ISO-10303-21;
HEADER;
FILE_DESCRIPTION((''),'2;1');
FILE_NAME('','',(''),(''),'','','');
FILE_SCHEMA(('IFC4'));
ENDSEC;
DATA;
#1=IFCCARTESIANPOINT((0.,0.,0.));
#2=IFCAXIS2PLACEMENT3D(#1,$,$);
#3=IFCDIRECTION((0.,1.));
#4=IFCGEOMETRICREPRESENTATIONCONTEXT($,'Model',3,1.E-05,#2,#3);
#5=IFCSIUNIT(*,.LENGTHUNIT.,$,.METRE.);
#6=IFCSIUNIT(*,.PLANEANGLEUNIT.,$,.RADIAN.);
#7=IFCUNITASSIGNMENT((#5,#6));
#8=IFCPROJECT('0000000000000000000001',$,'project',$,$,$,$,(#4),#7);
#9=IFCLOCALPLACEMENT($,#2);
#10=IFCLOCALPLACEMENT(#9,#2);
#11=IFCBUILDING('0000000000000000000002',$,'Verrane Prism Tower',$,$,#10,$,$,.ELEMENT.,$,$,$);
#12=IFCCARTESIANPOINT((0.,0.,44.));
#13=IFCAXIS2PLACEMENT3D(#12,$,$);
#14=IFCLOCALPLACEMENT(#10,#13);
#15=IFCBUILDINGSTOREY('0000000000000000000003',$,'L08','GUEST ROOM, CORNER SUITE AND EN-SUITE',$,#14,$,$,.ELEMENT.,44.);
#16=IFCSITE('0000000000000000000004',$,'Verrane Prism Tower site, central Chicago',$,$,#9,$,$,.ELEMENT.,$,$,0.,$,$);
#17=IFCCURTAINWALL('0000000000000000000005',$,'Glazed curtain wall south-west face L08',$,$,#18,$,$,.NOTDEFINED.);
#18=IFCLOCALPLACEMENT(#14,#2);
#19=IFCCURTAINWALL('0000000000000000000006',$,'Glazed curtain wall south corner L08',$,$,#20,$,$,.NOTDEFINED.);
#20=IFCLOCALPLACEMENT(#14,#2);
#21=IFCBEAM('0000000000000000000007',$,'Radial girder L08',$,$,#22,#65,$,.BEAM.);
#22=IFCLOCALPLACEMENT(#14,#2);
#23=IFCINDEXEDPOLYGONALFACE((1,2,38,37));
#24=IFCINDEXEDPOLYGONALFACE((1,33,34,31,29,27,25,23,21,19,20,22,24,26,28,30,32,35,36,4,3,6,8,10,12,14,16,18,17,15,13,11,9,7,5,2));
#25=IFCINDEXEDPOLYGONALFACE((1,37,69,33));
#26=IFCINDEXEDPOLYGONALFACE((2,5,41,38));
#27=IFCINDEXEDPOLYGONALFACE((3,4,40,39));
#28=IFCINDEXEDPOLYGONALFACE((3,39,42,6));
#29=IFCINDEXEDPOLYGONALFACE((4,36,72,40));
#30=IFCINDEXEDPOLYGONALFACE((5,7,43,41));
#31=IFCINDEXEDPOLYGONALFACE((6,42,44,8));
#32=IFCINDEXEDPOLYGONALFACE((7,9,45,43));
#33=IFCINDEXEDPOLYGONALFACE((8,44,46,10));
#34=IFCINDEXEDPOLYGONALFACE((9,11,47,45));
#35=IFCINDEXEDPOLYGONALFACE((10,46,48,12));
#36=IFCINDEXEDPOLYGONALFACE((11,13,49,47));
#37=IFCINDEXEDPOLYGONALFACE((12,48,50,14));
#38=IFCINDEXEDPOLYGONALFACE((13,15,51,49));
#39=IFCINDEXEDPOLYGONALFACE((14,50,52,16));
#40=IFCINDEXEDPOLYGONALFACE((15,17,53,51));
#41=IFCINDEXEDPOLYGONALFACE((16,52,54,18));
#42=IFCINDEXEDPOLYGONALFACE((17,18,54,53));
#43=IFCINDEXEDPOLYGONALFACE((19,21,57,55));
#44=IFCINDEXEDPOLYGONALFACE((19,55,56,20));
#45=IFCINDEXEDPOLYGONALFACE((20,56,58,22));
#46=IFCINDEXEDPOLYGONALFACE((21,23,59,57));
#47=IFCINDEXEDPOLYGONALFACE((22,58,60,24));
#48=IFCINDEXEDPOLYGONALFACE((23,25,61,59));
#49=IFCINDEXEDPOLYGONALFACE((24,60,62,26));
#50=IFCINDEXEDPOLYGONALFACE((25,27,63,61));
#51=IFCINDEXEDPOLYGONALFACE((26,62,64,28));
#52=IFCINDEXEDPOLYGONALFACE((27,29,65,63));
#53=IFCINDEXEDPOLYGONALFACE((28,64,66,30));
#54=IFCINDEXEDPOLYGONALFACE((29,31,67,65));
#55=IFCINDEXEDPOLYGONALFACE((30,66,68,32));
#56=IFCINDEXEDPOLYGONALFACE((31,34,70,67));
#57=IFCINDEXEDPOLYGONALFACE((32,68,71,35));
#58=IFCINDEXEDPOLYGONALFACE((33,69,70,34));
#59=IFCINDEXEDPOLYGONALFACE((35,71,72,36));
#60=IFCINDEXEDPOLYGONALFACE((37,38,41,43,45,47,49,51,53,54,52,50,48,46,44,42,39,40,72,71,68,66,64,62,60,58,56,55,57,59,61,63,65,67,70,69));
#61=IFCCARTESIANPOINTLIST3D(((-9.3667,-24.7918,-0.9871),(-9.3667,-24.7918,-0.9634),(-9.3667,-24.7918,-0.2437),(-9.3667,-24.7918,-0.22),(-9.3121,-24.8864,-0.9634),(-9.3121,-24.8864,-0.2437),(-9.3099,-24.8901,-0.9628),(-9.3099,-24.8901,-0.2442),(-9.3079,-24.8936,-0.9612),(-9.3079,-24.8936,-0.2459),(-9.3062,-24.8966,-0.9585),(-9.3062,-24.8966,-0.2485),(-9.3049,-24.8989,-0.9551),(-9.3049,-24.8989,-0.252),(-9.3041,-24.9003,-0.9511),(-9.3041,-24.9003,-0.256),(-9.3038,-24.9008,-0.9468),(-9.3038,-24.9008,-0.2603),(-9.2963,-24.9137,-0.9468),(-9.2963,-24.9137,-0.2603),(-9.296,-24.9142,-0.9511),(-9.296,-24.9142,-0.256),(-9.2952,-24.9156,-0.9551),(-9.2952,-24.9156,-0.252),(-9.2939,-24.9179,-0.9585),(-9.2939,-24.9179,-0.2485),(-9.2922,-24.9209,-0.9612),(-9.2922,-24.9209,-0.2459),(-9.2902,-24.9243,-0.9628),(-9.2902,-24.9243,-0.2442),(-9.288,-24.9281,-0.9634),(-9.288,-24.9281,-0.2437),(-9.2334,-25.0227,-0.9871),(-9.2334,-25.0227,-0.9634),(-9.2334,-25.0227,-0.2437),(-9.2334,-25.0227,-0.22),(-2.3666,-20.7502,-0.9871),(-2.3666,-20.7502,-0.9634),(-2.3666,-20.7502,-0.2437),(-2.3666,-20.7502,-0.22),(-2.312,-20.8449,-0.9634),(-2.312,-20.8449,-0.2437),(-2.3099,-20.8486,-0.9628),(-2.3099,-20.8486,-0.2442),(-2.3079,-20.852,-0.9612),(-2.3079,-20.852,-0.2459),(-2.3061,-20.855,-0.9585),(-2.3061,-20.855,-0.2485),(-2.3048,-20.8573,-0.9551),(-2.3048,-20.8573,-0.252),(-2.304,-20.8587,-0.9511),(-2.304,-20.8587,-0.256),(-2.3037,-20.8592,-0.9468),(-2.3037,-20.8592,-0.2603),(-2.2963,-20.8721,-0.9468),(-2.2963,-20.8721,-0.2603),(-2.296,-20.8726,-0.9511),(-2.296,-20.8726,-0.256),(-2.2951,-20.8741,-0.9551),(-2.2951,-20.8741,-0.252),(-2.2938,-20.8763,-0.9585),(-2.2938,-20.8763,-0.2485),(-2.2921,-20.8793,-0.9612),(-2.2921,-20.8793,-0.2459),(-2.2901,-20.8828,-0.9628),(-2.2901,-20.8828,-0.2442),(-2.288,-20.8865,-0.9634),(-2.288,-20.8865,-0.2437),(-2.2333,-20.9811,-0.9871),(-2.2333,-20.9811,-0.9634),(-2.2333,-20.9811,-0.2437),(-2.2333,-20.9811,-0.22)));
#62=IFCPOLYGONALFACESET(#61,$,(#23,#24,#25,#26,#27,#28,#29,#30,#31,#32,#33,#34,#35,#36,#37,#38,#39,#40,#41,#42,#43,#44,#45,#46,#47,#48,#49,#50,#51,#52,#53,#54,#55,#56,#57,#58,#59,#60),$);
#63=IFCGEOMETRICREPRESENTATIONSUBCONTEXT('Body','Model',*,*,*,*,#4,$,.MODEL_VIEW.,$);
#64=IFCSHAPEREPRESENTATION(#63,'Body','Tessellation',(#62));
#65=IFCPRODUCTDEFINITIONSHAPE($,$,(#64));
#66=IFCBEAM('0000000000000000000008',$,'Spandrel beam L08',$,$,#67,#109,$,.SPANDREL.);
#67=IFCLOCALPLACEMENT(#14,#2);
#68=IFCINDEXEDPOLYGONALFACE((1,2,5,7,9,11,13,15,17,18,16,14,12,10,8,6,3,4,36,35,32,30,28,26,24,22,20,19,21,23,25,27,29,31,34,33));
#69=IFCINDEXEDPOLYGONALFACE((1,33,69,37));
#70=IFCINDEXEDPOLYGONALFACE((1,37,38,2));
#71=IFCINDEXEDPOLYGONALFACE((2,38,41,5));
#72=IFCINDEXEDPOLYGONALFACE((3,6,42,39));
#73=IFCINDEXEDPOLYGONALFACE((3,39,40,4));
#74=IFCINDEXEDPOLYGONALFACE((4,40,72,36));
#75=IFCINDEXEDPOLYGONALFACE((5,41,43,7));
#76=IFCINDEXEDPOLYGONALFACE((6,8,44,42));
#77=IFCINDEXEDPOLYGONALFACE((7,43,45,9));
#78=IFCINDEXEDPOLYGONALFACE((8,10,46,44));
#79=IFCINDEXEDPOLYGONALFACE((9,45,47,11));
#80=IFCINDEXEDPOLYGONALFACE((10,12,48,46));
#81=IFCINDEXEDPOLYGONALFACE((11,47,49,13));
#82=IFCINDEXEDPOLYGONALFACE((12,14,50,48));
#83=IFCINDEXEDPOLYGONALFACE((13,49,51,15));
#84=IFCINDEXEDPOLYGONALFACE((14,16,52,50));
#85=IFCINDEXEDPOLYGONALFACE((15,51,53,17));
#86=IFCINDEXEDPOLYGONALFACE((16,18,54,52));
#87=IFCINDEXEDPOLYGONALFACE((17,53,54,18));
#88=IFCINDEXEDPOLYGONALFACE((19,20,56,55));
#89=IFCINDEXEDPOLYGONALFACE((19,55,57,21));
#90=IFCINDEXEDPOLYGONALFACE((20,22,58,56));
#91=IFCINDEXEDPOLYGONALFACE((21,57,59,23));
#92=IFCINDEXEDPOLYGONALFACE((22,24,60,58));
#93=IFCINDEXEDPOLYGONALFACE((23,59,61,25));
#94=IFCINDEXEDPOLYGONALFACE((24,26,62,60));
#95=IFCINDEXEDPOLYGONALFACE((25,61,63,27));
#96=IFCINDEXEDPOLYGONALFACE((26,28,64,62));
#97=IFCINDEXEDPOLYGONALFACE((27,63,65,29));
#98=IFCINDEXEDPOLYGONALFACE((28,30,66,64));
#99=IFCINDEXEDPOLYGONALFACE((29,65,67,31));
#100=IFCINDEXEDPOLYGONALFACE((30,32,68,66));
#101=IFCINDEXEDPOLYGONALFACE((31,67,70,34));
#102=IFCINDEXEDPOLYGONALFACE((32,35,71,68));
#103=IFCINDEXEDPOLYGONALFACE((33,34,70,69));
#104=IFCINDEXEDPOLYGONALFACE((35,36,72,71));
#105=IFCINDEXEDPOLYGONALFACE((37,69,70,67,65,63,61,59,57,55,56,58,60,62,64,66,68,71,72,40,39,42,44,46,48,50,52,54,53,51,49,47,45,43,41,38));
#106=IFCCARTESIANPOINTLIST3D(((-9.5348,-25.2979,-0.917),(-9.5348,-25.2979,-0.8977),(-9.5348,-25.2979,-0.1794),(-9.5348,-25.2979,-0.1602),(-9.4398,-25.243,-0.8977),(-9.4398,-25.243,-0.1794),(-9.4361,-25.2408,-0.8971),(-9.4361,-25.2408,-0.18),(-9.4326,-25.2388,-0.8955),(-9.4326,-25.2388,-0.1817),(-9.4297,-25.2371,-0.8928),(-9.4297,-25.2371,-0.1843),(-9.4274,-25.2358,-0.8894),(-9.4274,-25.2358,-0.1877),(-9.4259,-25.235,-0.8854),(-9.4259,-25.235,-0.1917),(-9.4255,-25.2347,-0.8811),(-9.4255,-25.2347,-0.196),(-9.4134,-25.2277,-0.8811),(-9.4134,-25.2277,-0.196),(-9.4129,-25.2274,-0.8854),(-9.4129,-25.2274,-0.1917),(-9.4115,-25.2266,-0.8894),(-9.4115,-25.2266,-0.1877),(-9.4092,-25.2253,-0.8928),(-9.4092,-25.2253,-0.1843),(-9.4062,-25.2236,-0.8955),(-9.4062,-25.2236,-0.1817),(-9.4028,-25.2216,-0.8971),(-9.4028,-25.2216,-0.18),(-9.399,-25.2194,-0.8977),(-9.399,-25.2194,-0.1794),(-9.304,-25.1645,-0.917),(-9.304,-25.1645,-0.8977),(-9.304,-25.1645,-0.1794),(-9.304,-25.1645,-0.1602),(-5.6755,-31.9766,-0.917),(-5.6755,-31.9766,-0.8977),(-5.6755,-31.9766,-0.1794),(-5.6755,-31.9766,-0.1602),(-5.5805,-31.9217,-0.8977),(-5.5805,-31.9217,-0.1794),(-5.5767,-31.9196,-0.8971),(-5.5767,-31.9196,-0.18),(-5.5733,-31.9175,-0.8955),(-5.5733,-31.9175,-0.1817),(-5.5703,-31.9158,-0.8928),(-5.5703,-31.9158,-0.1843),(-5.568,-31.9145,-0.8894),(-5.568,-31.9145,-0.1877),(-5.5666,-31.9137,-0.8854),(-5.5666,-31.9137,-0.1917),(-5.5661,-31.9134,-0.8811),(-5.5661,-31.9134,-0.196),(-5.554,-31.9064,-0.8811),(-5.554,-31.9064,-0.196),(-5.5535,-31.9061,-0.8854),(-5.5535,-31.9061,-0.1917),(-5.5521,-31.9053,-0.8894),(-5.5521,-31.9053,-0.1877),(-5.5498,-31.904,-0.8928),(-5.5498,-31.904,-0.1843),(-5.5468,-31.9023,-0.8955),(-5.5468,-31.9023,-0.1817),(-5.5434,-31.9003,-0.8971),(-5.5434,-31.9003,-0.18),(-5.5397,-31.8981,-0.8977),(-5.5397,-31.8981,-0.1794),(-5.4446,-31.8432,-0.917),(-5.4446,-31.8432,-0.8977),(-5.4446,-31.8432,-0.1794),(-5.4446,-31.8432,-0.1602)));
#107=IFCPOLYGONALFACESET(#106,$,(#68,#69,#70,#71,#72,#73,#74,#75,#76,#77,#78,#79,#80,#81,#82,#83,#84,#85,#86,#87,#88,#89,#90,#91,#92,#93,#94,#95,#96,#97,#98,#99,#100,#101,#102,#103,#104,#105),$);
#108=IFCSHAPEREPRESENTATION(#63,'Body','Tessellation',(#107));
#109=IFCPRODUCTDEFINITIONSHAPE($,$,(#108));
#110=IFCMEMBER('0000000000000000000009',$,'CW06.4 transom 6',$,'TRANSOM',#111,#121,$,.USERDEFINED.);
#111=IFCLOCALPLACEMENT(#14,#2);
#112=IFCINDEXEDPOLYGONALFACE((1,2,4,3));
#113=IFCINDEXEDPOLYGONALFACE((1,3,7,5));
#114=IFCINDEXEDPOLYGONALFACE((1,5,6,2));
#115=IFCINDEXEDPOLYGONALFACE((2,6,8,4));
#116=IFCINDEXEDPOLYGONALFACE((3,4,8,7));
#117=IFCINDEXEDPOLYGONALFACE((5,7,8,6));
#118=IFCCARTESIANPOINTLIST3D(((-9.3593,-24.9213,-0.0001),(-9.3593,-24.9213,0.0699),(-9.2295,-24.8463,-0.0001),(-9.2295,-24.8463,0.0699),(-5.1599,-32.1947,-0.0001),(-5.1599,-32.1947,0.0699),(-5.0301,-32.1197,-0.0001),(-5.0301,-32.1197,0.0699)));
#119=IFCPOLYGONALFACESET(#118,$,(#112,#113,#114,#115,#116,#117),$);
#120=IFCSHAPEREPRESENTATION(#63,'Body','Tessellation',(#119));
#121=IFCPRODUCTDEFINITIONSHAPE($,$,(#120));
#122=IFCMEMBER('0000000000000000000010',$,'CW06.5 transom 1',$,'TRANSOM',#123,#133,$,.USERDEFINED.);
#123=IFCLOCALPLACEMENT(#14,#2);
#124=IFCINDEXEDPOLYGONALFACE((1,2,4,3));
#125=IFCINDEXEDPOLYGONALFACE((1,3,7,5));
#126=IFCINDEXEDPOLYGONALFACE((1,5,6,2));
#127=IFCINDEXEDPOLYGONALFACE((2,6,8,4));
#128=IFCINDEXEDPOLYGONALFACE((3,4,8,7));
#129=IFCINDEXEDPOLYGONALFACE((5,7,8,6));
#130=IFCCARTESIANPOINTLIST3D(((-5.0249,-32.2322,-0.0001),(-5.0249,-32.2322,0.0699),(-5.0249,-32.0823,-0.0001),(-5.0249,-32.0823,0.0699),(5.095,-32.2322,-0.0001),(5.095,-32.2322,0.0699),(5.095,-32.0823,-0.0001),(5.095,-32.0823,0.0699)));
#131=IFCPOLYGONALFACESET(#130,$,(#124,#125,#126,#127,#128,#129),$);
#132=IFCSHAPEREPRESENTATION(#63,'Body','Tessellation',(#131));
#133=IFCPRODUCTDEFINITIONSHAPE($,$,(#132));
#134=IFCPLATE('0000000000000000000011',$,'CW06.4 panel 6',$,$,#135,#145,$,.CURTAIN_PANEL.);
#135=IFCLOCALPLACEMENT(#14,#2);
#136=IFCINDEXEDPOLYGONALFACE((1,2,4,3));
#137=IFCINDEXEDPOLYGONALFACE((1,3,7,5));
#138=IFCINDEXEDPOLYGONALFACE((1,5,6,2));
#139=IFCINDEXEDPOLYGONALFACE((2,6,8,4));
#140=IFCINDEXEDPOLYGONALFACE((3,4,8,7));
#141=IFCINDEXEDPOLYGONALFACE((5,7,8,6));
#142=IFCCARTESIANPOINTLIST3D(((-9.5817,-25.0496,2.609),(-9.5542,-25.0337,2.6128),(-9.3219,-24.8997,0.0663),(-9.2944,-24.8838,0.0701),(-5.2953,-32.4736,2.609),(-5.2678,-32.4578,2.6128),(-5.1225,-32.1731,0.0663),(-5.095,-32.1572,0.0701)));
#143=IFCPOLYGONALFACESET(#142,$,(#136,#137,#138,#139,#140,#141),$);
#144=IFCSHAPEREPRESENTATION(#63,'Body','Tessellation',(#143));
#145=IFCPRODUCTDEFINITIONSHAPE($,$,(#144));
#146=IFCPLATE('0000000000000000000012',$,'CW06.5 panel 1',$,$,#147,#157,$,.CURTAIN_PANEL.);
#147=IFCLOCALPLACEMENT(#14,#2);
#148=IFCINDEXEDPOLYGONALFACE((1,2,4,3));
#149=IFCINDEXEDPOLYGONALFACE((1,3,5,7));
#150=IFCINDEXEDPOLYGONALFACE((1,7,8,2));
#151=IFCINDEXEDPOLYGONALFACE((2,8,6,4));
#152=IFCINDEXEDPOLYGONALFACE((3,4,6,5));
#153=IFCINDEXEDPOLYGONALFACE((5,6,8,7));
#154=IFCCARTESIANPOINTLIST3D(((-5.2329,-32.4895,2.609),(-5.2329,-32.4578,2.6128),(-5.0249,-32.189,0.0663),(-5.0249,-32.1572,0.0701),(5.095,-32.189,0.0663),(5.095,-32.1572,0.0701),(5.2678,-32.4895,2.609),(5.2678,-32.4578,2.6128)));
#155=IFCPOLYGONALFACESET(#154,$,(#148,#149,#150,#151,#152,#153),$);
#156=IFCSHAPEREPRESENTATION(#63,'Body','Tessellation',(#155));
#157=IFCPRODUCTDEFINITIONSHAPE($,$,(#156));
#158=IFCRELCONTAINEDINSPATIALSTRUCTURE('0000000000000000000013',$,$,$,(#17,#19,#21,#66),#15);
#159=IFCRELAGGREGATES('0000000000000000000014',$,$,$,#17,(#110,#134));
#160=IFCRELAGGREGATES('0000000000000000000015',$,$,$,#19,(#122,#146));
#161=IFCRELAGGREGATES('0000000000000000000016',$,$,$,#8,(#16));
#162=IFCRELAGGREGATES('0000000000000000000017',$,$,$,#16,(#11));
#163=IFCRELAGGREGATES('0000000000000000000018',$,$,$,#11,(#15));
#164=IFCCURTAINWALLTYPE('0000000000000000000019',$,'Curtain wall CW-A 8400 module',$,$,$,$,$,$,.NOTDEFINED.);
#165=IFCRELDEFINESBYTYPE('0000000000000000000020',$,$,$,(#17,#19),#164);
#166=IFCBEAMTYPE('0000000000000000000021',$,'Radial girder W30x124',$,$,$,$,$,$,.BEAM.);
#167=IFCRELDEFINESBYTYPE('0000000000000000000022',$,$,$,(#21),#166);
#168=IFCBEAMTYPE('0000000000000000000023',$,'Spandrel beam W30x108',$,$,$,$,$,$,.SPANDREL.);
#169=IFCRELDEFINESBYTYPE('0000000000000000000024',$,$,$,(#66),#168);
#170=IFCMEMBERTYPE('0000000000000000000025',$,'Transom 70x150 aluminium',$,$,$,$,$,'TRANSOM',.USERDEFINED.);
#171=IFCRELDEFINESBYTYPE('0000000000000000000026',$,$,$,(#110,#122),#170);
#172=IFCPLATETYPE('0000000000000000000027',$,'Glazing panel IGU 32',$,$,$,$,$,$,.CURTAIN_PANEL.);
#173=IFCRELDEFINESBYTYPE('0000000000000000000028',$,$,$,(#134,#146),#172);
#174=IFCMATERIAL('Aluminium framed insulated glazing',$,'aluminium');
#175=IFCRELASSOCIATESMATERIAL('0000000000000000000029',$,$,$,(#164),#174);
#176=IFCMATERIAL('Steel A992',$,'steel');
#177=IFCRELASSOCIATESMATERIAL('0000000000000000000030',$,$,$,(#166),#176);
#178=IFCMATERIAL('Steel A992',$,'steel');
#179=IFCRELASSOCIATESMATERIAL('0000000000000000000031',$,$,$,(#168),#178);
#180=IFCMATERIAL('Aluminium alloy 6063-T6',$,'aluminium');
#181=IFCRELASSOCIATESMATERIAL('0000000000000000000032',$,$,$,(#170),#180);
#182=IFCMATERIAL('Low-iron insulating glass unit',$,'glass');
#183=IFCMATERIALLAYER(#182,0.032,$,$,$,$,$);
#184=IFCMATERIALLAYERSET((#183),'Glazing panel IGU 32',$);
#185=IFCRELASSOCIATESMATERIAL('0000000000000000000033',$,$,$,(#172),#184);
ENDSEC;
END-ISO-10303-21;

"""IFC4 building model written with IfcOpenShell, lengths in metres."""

from ifc_helpers import new_model, si_unit, direction, frame, origin, origin_2d, place, context, subcontext, project, spatial, polyline, rectangle, i_section, outline, extrude, material, layer, layer_set, material_profile, profile_set, type_object, element, aggregate, save


model = new_model("IFC4")

# Units and contexts
model_context = context("Model", 3, precision=1e-05, world=origin(), true_north=direction((0.0, 1.0)))
body_context = subcontext(model_context, "Body", "Model", "MODEL_VIEW")
ifc_project = project(units=[si_unit("LENGTHUNIT", "METRE"), si_unit("PLANEANGLEUNIT", "RADIAN")], contexts=[model_context])

# Site, building, storey
site_placement = place(None, origin())
site = spatial("IfcSite", under=ifc_project, at=site_placement, Name="Verrane Prism Tower site, central Chicago", CompositionType="ELEMENT", RefElevation=0.0)
building_placement = place(site_placement, origin())
building = spatial("IfcBuilding", under=site, at=building_placement, Name="Verrane Prism Tower", CompositionType="ELEMENT")
storey_placement = place(building_placement, frame((0.0, 0.0, 44.0)))
storey = spatial("IfcBuildingStorey", under=building, at=storey_placement, Name="L08", Description="GUEST ROOM, CORNER SUITE AND EN-SUITE", CompositionType="ELEMENT", Elevation=44.0)

# Curtain walls
ifc_material_1 = material(Name="Aluminium framed insulated glazing", Category="aluminium")
curtain_wall_type = type_object("IfcCurtainWallType", Name="Curtain wall CW-A 8400 module", PredefinedType="NOTDEFINED", material=ifc_material_1)
curtain_wall_1_placement = place(storey_placement, origin())
curtain_wall_1 = element("IfcCurtainWall", 1, at=curtain_wall_1_placement, inside=storey, type_object=curtain_wall_type, Name="Glazed curtain wall south-west face L08", PredefinedType="NOTDEFINED")
curtain_wall_2_placement = place(storey_placement, origin())
curtain_wall_2 = element("IfcCurtainWall", 2, at=curtain_wall_2_placement, inside=storey, type_object=curtain_wall_type, Name="Glazed curtain wall south corner L08", PredefinedType="NOTDEFINED")

# Beams
ifc_material_2 = material(Name="Steel A992", Category="steel")
ifc_material_profile_1 = material_profile(ifc_material_2, i_section(OverallWidth=0.2666, OverallDepth=0.7671, WebThickness=0.0149, FlangeThickness=0.0237, FilletRadius=0.0166, at=origin_2d()), Name="W30x124")
ifc_profile_set_1 = profile_set([ifc_material_profile_1], Name="Steel A992")
beam_type_1 = type_object("IfcBeamType", Name="Radial girder W30x124", PredefinedType="BEAM", material=ifc_profile_set_1)
beam_1_placement = place(storey_placement, frame((-9.3, -24.9072, -0.6035), z_axis=(0.866023, 0.500005, 0.0), x_axis=(-0.500005, 0.866023, 0.0)))
element("IfcBeam", 3, at=beam_1_placement, inside=storey, type_object=beam_type_1, Name="Radial girder L08", PredefinedType="BEAM", context=body_context, shape_type="SweptSolid", body=[
    extrude(i_section(OverallWidth=0.2666, OverallDepth=0.7671, WebThickness=0.0149, FlangeThickness=0.0237, FilletRadius=0.0166, at=origin_2d()), origin(), (0.0, 0.0, 1.0), 8.083),
])
ifc_material_3 = material(Name="Steel A992", Category="steel")
ifc_material_profile_2 = material_profile(ifc_material_3, i_section(OverallWidth=0.2666, OverallDepth=0.7568, WebThickness=0.0139, FlangeThickness=0.0193, FilletRadius=0.0166, at=origin_2d()), Name="W30x108")
ifc_profile_set_2 = profile_set([ifc_material_profile_2], Name="Steel A992")
beam_type_2 = type_object("IfcBeamType", Name="Spandrel beam W30x108", PredefinedType="SPANDREL", material=ifc_profile_set_2)
beam_2_placement = place(storey_placement, frame((-9.4194, -25.2312, -0.5386), z_axis=(0.500332, -0.865833, 0.0), x_axis=(0.865833, 0.500332, 0.0)))
element("IfcBeam", 4, at=beam_2_placement, inside=storey, type_object=beam_type_2, Name="Spandrel beam L08", PredefinedType="SPANDREL", context=body_context, shape_type="SweptSolid", body=[
    extrude(i_section(OverallWidth=0.2666, OverallDepth=0.7568, WebThickness=0.0139, FlangeThickness=0.0193, FilletRadius=0.0166, at=origin_2d()), origin(), (0.0, 0.0, 1.0), 7.7136),
])

# Members
ifc_material_4 = material(Name="Aluminium alloy 6063-T6", Category="aluminium")
ifc_material_profile_3 = material_profile(ifc_material_4, rectangle(XDim=0.1499, YDim=0.0701, at=origin_2d()), Name="Transom 70x150 aluminium")
ifc_profile_set_3 = profile_set([ifc_material_profile_3], Name="Aluminium alloy 6063-T6")
member_type_1 = type_object("IfcMemberType", Name="Transom 70x150 aluminium", ElementType="TRANSOM", PredefinedType="USERDEFINED", material=ifc_profile_set_3)
member_1_placement = place(storey_placement, frame((-9.2944, -24.8838, 0.0349), z_axis=(0.500013, -0.866018, 0.0), x_axis=(0.866018, 0.500013, 0.0)))
member_1 = element("IfcMember", 5, at=member_1_placement, type_object=member_type_1, Name="CW06.4 transom 6", ObjectType="TRANSOM", PredefinedType="USERDEFINED", context=body_context, shape_type="SweptSolid", body=[
    extrude(rectangle(XDim=0.1499, YDim=0.0701, at=origin_2d()), origin(), (0.0, 0.0, 1.0), 8.3987),
])
member_2_placement = place(storey_placement, frame((-5.0249, -32.1572, 0.0349), z_axis=(1.0, 0.0, 0.0), x_axis=(0.0, 1.0, 0.0)))
member_2 = element("IfcMember", 6, at=member_2_placement, type_object=member_type_1, Name="CW06.5 transom 1", ObjectType="TRANSOM", PredefinedType="USERDEFINED", context=body_context, shape_type="SweptSolid", body=[
    extrude(rectangle(XDim=0.1499, YDim=0.0701, at=origin_2d()), origin(), (0.0, 0.0, 1.0), 10.1199),
])

# Plates
ifc_material_5 = material(Name="Low-iron insulating glass unit", Category="glass")
ifc_layer_1 = layer(ifc_material_5, 0.032)
ifc_layer_set_1 = layer_set([ifc_layer_1], Name="Glazing panel IGU 32")
plate_type = type_object("IfcPlateType", Name="Glazing panel IGU 32", PredefinedType="CURTAIN_PANEL", material=ifc_layer_set_1)
plate_1_placement = place(storey_placement, frame((-9.2944, -24.8838, 0.0701), z_axis=(0.860057, 0.496567, 0.117148), x_axis=(0.50001, -0.86602, 0.0)))
plate_1 = element("IfcPlate", 7, at=plate_1_placement, type_object=plate_type, Name="CW06.4 panel 6", PredefinedType="CURTAIN_PANEL", context=body_context, shape_type="SweptSolid", body=[
    extrude(outline(polyline([(0.0, 0.0), (8.3987, 0.0), (8.5726, -2.5604), (-0.0001, -2.5604), (0.0, 0.0)])), origin(), (0.0, 0.0, -1.0), 0.032),
])
aggregate(curtain_wall_1, [member_1, plate_1])
plate_2_placement = place(storey_placement, frame((-5.0249, -32.1572, 0.0701), z_axis=(0.0, 0.993087, 0.117378), x_axis=(1.0, 0.0, 0.0)))
plate_2 = element("IfcPlate", 8, at=plate_2_placement, type_object=plate_type, Name="CW06.5 panel 1", PredefinedType="CURTAIN_PANEL", context=body_context, shape_type="SweptSolid", body=[
    extrude(outline(polyline([(0.0, 0.0), (10.1199, 0.0), (10.2927, -2.5604), (-0.208, -2.5604), (0.0, 0.0)])), origin(), (0.0, 0.0, -1.0), 0.032),
])
aggregate(curtain_wall_2, [member_2, plate_2])

save(model, "model.ifc")
